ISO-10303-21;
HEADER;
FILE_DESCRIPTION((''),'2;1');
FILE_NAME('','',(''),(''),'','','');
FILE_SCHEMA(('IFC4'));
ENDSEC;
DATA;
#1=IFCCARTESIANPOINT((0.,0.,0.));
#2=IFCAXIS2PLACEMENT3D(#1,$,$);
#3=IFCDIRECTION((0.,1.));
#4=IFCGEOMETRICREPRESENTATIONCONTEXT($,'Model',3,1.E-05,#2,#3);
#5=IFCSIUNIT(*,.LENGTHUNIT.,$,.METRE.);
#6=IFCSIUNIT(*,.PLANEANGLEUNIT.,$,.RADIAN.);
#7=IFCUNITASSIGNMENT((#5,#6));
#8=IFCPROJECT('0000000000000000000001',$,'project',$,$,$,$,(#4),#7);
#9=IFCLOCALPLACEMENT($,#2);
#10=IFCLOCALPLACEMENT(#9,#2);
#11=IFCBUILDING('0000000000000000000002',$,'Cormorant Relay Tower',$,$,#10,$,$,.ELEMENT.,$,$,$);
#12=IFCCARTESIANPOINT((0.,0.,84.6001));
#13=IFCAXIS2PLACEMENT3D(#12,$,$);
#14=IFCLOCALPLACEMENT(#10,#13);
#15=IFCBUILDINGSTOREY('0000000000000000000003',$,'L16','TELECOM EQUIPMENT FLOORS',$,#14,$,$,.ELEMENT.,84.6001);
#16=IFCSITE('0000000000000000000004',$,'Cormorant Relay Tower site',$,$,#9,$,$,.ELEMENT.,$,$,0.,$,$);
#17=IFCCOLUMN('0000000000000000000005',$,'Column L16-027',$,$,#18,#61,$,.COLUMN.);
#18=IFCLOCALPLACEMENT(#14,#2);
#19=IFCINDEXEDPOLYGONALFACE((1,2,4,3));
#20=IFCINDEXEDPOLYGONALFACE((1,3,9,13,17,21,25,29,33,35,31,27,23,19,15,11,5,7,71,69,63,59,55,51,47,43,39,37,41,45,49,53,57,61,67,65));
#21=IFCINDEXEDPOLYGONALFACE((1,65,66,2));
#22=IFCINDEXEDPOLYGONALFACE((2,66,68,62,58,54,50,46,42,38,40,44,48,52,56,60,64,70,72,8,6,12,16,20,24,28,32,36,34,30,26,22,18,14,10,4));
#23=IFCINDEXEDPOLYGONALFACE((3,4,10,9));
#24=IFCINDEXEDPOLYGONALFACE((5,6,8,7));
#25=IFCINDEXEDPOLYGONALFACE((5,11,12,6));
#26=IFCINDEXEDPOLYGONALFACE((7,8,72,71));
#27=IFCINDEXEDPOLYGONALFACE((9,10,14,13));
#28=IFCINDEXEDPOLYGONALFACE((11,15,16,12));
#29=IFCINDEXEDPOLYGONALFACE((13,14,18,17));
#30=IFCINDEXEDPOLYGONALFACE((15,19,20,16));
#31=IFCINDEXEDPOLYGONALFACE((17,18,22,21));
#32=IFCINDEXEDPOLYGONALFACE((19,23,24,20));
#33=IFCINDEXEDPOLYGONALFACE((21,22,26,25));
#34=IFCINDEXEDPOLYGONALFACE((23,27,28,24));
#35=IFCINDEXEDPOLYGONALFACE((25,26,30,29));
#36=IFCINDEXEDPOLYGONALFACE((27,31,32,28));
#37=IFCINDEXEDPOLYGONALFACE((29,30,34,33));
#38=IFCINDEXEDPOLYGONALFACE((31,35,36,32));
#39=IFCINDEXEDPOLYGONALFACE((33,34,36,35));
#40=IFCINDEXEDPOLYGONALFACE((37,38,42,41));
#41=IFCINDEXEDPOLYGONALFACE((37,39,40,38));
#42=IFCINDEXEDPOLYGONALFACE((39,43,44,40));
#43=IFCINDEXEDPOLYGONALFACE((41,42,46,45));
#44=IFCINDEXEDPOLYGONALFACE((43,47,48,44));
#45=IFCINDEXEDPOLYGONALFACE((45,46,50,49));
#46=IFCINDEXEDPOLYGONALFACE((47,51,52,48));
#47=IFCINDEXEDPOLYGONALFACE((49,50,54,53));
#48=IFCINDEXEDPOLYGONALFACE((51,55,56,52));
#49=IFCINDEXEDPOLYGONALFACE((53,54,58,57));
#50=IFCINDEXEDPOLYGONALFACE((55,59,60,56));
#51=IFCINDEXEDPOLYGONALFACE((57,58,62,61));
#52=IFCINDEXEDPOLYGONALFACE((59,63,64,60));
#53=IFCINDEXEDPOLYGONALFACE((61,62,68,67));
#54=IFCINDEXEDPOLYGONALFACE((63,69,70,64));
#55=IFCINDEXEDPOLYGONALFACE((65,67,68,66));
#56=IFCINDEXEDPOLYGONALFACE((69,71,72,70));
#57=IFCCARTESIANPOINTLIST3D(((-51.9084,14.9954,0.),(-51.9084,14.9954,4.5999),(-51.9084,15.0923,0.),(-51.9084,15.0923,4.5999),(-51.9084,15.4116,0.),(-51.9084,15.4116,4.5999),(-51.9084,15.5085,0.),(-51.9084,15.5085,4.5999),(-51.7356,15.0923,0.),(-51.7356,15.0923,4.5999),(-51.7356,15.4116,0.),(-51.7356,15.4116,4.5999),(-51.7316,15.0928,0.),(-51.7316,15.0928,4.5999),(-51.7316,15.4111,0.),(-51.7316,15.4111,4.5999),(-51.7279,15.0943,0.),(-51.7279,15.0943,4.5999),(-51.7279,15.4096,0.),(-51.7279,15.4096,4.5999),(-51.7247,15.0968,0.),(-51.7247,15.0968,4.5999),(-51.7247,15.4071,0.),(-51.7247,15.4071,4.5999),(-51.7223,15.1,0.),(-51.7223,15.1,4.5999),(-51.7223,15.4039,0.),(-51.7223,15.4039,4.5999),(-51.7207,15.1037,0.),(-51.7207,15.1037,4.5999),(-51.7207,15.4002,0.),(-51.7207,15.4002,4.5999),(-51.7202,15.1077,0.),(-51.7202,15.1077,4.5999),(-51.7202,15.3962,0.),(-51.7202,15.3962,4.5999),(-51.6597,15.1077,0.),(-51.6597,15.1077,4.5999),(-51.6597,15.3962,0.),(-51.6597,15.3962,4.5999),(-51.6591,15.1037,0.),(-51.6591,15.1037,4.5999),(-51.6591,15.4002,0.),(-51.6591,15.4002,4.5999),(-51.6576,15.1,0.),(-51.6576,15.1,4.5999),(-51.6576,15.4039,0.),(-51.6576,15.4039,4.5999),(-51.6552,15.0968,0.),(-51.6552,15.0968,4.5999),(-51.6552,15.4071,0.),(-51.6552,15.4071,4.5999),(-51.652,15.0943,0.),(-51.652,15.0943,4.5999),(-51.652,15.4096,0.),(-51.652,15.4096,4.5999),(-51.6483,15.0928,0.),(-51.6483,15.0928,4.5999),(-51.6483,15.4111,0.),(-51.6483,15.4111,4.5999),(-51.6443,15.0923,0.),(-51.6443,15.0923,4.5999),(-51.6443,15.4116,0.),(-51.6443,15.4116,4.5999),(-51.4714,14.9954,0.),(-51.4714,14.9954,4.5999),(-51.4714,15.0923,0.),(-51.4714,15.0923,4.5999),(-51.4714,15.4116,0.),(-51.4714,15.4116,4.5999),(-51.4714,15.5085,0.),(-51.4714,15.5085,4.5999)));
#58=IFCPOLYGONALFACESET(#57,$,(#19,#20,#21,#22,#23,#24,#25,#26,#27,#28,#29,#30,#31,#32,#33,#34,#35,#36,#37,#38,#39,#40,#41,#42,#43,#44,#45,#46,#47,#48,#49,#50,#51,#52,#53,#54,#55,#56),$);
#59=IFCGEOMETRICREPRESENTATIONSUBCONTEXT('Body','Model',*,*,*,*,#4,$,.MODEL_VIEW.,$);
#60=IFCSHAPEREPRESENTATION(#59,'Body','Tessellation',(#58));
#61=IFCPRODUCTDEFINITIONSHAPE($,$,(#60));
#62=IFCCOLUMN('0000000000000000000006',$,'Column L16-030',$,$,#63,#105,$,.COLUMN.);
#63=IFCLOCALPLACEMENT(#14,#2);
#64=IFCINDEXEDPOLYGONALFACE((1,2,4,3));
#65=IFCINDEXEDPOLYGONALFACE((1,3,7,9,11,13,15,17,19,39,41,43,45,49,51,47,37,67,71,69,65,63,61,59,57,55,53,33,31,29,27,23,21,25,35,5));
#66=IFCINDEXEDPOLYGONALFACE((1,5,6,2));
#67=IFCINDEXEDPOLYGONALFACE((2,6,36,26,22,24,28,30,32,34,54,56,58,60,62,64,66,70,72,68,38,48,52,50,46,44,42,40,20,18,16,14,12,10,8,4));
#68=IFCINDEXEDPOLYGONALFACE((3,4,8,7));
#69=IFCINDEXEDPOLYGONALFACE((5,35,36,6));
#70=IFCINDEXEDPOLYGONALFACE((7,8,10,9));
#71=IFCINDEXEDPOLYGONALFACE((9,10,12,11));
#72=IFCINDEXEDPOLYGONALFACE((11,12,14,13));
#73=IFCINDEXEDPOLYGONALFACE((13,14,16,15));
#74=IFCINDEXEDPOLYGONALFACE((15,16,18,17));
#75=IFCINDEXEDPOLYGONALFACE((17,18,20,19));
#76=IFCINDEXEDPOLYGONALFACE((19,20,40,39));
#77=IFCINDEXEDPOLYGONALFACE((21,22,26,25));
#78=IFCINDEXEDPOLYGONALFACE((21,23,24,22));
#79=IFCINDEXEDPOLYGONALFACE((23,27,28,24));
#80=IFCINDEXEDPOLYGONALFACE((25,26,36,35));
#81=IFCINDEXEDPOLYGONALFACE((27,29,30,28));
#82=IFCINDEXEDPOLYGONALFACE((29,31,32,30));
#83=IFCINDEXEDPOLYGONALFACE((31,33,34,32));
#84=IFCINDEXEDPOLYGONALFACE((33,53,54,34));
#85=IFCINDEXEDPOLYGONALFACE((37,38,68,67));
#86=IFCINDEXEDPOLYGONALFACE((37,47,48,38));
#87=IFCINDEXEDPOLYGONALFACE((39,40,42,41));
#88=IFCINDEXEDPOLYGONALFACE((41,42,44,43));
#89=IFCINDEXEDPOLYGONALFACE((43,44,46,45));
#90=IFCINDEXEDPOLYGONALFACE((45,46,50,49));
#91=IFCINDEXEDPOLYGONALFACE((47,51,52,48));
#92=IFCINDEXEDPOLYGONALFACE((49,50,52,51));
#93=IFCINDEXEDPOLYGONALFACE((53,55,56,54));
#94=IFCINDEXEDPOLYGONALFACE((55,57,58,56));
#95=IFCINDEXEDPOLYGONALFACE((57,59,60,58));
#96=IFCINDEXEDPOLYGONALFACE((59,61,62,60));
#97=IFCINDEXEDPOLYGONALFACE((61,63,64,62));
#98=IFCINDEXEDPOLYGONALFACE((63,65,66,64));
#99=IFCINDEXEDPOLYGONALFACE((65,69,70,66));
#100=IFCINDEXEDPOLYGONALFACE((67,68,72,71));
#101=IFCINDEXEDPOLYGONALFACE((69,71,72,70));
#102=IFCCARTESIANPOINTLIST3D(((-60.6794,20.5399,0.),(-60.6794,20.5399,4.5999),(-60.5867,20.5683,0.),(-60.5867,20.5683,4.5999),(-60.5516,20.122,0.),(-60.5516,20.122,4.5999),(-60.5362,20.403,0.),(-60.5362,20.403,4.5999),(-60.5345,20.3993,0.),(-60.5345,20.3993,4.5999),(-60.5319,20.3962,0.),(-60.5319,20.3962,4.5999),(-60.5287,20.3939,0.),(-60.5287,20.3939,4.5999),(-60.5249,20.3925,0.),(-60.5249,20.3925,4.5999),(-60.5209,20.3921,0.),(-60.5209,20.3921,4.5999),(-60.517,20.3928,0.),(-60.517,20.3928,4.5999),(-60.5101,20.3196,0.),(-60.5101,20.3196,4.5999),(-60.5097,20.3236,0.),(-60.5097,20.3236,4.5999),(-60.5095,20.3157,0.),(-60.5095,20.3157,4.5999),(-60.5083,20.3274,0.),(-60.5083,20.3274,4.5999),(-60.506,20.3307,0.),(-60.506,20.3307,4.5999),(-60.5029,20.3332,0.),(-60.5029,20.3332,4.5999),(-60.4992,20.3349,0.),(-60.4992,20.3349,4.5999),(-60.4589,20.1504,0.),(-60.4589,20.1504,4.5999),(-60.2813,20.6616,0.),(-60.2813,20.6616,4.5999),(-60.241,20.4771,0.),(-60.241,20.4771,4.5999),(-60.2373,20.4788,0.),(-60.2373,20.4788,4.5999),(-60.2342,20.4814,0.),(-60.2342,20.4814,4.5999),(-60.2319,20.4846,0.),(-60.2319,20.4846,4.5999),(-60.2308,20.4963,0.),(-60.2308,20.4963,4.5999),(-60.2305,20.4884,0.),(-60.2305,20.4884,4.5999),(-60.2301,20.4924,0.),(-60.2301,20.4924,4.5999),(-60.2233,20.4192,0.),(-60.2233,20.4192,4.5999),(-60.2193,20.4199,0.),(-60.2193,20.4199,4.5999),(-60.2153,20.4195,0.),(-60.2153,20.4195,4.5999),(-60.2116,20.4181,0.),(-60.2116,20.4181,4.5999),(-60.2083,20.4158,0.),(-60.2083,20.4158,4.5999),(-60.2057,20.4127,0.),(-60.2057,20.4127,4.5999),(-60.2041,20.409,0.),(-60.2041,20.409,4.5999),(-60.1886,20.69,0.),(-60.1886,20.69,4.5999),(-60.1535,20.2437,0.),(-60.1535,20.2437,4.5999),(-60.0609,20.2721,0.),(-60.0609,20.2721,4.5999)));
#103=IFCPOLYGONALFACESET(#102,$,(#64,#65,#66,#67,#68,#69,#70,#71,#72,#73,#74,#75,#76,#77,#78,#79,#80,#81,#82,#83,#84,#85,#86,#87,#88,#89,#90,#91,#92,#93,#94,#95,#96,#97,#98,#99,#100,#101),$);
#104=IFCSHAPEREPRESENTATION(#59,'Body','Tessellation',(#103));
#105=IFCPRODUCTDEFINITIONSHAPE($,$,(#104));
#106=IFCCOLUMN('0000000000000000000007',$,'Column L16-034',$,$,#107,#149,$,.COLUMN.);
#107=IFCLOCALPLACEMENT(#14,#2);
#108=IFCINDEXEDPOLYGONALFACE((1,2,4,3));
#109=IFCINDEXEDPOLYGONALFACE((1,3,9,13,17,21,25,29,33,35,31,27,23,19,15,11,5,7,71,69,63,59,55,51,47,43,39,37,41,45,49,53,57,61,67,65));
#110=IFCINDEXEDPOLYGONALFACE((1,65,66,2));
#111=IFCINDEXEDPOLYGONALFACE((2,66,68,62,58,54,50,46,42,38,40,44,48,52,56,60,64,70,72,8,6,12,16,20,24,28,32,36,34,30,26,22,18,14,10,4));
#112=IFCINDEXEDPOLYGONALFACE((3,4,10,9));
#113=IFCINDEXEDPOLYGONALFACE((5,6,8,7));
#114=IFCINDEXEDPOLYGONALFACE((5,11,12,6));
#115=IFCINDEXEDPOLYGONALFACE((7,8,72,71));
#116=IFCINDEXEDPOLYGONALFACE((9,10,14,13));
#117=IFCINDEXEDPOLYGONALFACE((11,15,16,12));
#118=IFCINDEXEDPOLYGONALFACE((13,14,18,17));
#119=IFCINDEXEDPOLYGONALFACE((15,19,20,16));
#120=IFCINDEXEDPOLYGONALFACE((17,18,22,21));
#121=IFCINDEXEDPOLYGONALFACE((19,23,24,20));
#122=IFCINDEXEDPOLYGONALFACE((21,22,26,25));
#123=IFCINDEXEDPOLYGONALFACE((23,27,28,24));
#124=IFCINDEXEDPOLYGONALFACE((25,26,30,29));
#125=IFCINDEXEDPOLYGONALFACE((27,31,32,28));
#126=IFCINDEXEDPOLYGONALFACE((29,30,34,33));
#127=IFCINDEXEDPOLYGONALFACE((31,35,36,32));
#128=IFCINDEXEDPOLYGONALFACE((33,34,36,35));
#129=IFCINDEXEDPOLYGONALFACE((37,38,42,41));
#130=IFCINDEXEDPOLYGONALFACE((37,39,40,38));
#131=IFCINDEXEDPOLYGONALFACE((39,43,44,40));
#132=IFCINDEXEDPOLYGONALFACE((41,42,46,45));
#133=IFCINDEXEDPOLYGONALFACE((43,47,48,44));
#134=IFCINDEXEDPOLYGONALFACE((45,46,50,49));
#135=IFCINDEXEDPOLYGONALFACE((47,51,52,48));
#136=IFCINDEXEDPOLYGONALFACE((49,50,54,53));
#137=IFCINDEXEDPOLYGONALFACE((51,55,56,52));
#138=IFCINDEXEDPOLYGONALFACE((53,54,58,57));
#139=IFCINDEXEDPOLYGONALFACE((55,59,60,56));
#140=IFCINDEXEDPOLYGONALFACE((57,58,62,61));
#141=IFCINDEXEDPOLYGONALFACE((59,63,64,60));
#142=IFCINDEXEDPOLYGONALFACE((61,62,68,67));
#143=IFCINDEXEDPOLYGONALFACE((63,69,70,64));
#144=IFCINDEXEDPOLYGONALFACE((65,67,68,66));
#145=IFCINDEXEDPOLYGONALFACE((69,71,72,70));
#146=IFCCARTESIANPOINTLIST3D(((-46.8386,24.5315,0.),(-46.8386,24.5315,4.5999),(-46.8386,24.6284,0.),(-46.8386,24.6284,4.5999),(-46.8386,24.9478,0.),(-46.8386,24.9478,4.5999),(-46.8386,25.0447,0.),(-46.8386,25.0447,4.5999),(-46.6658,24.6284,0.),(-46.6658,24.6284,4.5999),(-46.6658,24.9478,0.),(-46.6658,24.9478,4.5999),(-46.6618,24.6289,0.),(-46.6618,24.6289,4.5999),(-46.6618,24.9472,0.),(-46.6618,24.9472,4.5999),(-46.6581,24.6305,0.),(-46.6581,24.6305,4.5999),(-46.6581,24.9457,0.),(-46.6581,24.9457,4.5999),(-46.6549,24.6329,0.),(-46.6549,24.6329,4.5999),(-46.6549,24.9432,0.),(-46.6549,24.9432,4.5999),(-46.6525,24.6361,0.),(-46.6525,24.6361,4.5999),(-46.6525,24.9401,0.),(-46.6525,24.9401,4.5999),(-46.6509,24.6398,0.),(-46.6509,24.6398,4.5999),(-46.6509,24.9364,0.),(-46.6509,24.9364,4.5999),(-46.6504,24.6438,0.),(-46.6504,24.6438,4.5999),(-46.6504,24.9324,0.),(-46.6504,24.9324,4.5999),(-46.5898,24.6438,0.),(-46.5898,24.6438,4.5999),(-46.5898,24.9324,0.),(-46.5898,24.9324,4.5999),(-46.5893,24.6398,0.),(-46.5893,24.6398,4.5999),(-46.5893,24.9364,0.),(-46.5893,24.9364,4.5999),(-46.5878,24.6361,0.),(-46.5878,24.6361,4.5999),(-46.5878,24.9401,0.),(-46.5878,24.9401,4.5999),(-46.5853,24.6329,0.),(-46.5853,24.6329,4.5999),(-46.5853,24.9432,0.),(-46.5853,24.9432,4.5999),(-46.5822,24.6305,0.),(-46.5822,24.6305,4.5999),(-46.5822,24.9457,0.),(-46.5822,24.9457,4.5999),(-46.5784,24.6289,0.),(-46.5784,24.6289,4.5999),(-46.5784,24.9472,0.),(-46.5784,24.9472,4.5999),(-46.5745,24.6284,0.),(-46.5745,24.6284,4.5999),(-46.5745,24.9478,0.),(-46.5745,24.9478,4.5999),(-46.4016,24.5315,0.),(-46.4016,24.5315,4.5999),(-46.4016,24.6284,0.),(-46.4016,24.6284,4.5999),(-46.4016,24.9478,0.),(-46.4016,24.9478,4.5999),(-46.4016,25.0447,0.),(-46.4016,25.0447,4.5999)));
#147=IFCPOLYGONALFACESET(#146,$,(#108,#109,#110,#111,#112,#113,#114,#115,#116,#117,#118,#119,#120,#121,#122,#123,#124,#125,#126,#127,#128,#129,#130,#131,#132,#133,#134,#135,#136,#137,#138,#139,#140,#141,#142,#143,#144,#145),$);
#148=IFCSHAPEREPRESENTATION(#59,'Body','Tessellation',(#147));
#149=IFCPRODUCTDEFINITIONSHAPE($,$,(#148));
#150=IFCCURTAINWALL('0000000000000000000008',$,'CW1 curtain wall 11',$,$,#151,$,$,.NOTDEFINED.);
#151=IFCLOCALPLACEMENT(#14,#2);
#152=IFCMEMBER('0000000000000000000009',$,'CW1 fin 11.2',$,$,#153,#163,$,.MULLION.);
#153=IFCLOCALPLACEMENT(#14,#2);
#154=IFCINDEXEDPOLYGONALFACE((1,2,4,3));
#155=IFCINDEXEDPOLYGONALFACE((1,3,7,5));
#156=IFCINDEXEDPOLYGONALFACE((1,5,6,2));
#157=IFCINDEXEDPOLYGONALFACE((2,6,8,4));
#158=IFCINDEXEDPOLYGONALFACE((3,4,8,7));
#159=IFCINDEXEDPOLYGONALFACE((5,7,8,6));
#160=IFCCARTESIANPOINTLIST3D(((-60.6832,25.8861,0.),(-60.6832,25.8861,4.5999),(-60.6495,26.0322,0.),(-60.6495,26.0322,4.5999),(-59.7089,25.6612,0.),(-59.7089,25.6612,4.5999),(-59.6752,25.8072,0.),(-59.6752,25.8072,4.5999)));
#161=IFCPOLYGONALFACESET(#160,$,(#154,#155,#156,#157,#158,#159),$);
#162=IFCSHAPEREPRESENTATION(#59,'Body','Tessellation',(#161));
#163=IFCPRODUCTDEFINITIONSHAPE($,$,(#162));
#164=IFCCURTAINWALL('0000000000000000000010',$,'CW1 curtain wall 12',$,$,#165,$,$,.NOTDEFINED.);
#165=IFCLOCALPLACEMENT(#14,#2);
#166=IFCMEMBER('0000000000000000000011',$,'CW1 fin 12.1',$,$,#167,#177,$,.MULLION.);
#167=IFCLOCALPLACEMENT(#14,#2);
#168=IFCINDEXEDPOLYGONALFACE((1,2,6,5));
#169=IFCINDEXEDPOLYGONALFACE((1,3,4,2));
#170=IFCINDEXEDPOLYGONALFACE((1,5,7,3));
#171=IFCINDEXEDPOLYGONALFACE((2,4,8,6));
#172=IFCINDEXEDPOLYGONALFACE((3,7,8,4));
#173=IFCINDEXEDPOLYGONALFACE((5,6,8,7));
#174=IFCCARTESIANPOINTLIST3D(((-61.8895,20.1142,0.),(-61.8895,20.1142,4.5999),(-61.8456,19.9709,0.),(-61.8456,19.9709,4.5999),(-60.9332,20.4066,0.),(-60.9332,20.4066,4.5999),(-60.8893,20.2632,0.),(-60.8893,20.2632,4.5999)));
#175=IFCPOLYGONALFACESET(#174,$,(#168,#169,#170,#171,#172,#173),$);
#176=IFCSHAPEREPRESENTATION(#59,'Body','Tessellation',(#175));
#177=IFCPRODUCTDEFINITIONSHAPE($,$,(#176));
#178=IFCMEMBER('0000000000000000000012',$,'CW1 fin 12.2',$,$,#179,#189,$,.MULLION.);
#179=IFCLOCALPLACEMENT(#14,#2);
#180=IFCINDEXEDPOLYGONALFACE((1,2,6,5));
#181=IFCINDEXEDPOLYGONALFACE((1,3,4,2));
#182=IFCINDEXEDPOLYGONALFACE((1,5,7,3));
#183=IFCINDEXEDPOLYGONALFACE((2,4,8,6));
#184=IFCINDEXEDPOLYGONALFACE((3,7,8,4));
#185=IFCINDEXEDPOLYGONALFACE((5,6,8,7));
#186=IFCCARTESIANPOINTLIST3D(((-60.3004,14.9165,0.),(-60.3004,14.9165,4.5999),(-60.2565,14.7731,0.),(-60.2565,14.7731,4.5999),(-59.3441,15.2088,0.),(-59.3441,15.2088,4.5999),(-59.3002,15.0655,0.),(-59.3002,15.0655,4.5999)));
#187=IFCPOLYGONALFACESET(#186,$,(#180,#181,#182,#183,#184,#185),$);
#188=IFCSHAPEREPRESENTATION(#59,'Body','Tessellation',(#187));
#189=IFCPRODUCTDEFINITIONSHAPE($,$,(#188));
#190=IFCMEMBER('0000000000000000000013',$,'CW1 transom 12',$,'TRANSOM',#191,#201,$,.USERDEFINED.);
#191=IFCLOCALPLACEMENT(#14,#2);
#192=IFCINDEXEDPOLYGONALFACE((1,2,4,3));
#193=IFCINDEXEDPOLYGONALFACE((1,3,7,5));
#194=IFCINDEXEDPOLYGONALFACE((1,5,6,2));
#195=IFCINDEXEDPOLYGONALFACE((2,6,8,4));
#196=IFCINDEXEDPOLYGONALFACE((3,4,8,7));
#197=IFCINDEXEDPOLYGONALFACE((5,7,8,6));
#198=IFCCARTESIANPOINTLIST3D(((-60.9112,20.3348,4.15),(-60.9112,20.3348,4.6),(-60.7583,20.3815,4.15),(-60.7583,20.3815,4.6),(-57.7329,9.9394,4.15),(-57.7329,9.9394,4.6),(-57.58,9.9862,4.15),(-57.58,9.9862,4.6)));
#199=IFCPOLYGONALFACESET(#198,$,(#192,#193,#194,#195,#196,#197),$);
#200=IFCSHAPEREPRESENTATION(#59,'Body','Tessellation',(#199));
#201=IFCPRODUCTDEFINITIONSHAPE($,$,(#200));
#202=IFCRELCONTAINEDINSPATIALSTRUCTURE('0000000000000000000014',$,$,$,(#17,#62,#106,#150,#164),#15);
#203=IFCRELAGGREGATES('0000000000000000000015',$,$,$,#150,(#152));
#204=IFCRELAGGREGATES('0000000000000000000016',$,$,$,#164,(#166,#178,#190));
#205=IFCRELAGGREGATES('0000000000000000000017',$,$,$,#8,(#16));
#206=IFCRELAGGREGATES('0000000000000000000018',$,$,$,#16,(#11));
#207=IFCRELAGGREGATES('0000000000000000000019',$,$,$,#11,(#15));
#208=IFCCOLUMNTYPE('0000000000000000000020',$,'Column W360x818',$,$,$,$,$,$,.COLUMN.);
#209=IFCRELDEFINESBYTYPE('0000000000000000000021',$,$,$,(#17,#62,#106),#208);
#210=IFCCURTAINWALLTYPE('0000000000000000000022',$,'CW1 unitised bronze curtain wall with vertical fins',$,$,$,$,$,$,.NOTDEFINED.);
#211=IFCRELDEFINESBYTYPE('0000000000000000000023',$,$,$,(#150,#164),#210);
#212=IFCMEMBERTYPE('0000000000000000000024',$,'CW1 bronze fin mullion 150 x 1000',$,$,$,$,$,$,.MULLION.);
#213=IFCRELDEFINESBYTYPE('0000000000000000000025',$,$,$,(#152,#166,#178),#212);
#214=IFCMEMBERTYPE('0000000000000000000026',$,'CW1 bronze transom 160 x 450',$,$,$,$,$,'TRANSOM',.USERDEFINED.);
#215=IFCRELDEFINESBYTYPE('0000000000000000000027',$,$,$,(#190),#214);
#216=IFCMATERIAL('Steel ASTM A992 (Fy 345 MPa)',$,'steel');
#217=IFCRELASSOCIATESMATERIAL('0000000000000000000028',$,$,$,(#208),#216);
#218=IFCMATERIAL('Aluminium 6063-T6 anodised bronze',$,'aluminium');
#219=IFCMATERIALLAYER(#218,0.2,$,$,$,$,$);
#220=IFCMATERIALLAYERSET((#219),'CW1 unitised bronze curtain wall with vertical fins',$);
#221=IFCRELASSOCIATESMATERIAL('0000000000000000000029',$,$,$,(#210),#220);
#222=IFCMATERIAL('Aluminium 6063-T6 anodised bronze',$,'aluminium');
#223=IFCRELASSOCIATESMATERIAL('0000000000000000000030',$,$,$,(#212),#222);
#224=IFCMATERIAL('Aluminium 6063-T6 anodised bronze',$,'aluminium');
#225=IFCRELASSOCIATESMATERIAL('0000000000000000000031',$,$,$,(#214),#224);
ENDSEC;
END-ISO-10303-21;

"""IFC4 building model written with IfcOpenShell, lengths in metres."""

from ifc_helpers import new_model, si_unit, direction, frame, origin, origin_2d, place, context, subcontext, project, spatial, rectangle, i_section, extrude, material, layer, layer_set, material_profile, profile_set, type_object, element, aggregate, save


model = new_model("IFC4")

# Units and contexts
model_context = context("Model", 3, precision=1e-05, world=origin(), true_north=direction((0.0, 1.0)))
body_context = subcontext(model_context, "Body", "Model", "MODEL_VIEW")
ifc_project = project(units=[si_unit("LENGTHUNIT", "METRE"), si_unit("PLANEANGLEUNIT", "RADIAN")], contexts=[model_context])

# Site, building, storey
site_placement = place(None, origin())
site = spatial("IfcSite", under=ifc_project, at=site_placement, Name="Cormorant Relay Tower site", CompositionType="ELEMENT", RefElevation=0.0)
building_placement = place(site_placement, origin())
building = spatial("IfcBuilding", under=site, at=building_placement, Name="Cormorant Relay Tower", CompositionType="ELEMENT")
storey_placement = place(building_placement, frame((0.0, 0.0, 84.6001)))
storey = spatial("IfcBuildingStorey", under=building, at=storey_placement, Name="L16", Description="TELECOM EQUIPMENT FLOORS", CompositionType="ELEMENT", Elevation=84.6001)

# Columns
ifc_material_1 = material(Name="Steel ASTM A992 (Fy 345 MPa)", Category="steel")
ifc_material_profile_1 = material_profile(ifc_material_1, i_section(OverallWidth=0.437, OverallDepth=0.5132, WebThickness=0.0605, FlangeThickness=0.0969, FilletRadius=0.0154, at=origin_2d()), Name="W360x818")
ifc_profile_set_1 = profile_set([ifc_material_profile_1], Name="Steel ASTM A992 (Fy 345 MPa)")
column_type = type_object("IfcColumnType", Name="Column W360x818", PredefinedType="COLUMN", material=ifc_profile_set_1)
for number, where, z_axis, x_axis, name in (
    (1, (-51.6899, 15.252, 0.0), (0.0, 0.0, 1.0), (1.0, 0.0, 0.0), "Column L16-027"),
    (2, (-60.3701, 20.406, 0.0), (0.0, 0.0, 1.0), (0.292372, -0.956305, 0.0), "Column L16-030"),
    (3, (-46.6201, 24.7881, 0.0), (0.0, 0.0, 1.0), (1.0, 0.0, 0.0), "Column L16-034"),
):
    element("IfcColumn", number, at=place(storey_placement, frame(where, z_axis=z_axis, x_axis=x_axis)), inside=storey, type_object=column_type, Name=name, PredefinedType="COLUMN", context=body_context, shape_type="SweptSolid", body=[
        extrude(i_section(OverallWidth=0.437, OverallDepth=0.5132, WebThickness=0.0605, FlangeThickness=0.0969, FilletRadius=0.0154, at=origin_2d()), origin(), (0.0, 0.0, 1.0), 4.5999),
    ])

# Curtain wall, member
ifc_material_2 = material(Name="Aluminium 6063-T6 anodised bronze", Category="aluminium")
ifc_layer_1 = layer(ifc_material_2, 0.2)
ifc_layer_set_1 = layer_set([ifc_layer_1], Name="CW1 unitised bronze curtain wall with vertical fins")
curtain_wall_type = type_object("IfcCurtainWallType", Name="CW1 unitised bronze curtain wall with vertical fins", PredefinedType="NOTDEFINED", material=ifc_layer_set_1)
curtain_wall_1_placement = place(storey_placement, origin())
curtain_wall_1 = element("IfcCurtainWall", 4, at=curtain_wall_1_placement, inside=storey, type_object=curtain_wall_type, Name="CW1 curtain wall 11", PredefinedType="NOTDEFINED")
ifc_material_3 = material(Name="Aluminium 6063-T6 anodised bronze", Category="aluminium")
ifc_material_profile_2 = material_profile(ifc_material_3, rectangle(XDim=0.1499, YDim=1.0, at=origin_2d()), Name="AL 150x1000")
ifc_profile_set_2 = profile_set([ifc_material_profile_2], Name="Aluminium 6063-T6 anodised bronze")
member_type_1 = type_object("IfcMemberType", Name="CW1 bronze fin mullion 150 x 1000", PredefinedType="MULLION", material=ifc_profile_set_2)
member_1_placement = place(storey_placement, frame((-60.1792, 25.8467, 0.0), z_axis=(0.0, 0.0, 1.0), x_axis=(-0.224951, -0.97437, 0.0)))
member_1 = element("IfcMember", 5, at=member_1_placement, type_object=member_type_1, Name="CW1 fin 11.2", PredefinedType="MULLION", context=body_context, shape_type="SweptSolid", body=[
    extrude(rectangle(XDim=0.1499, YDim=1.0, at=origin_2d()), origin(), (0.0, 0.0, 1.0), 4.5999),
])

# Curtain wall, members
curtain_wall_2_placement = place(storey_placement, origin())
curtain_wall_2 = element("IfcCurtainWall", 6, at=curtain_wall_2_placement, inside=storey, type_object=curtain_wall_type, Name="CW1 curtain wall 12", PredefinedType="NOTDEFINED")
member_2_placement = place(storey_placement, frame((-61.3894, 20.1887, 0.0), z_axis=(0.0, 0.0, 1.0), x_axis=(0.292372, -0.956305, 0.0)))
member_2 = element("IfcMember", 7, at=member_2_placement, type_object=member_type_1, Name="CW1 fin 12.1", PredefinedType="MULLION", context=body_context, shape_type="SweptSolid", body=[
    extrude(rectangle(XDim=0.1499, YDim=1.0, at=origin_2d()), origin(), (0.0, 0.0, 1.0), 4.5999),
])
member_3_placement = place(storey_placement, frame((-59.8003, 14.991, 0.0), z_axis=(0.0, 0.0, 1.0), x_axis=(0.292372, -0.956305, 0.0)))
member_3 = element("IfcMember", 8, at=member_3_placement, type_object=member_type_1, Name="CW1 fin 12.2", PredefinedType="MULLION", context=body_context, shape_type="SweptSolid", body=[
    extrude(rectangle(XDim=0.1499, YDim=1.0, at=origin_2d()), origin(), (0.0, 0.0, 1.0), 4.5999),
])
ifc_material_4 = material(Name="Aluminium 6063-T6 anodised bronze", Category="aluminium")
ifc_material_profile_3 = material_profile(ifc_material_4, rectangle(XDim=0.1599, YDim=0.45, at=origin_2d()), Name="AL 160x450")
ifc_profile_set_3 = profile_set([ifc_material_profile_3], Name="Aluminium 6063-T6 anodised bronze")
member_type_2 = type_object("IfcMemberType", Name="CW1 bronze transom 160 x 450", ElementType="TRANSOM", PredefinedType="USERDEFINED", material=ifc_profile_set_3)
member_4_placement = place(storey_placement, frame((-60.8347, 20.3582, 4.375), z_axis=(0.292378, -0.956303, 0.0), x_axis=(0.956303, 0.292378, 0.0)))
member_4 = element("IfcMember", 9, at=member_4_placement, type_object=member_type_2, Name="CW1 transom 12", ObjectType="TRANSOM", PredefinedType="USERDEFINED", context=body_context, shape_type="SweptSolid", body=[
    extrude(rectangle(XDim=0.1599, YDim=0.45, at=origin_2d()), origin(), (0.0, 0.0, 1.0), 10.8704),
])

aggregate(curtain_wall_1, [member_1])
aggregate(curtain_wall_2, [member_2, member_3, member_4])

save(model, "model.ifc")
